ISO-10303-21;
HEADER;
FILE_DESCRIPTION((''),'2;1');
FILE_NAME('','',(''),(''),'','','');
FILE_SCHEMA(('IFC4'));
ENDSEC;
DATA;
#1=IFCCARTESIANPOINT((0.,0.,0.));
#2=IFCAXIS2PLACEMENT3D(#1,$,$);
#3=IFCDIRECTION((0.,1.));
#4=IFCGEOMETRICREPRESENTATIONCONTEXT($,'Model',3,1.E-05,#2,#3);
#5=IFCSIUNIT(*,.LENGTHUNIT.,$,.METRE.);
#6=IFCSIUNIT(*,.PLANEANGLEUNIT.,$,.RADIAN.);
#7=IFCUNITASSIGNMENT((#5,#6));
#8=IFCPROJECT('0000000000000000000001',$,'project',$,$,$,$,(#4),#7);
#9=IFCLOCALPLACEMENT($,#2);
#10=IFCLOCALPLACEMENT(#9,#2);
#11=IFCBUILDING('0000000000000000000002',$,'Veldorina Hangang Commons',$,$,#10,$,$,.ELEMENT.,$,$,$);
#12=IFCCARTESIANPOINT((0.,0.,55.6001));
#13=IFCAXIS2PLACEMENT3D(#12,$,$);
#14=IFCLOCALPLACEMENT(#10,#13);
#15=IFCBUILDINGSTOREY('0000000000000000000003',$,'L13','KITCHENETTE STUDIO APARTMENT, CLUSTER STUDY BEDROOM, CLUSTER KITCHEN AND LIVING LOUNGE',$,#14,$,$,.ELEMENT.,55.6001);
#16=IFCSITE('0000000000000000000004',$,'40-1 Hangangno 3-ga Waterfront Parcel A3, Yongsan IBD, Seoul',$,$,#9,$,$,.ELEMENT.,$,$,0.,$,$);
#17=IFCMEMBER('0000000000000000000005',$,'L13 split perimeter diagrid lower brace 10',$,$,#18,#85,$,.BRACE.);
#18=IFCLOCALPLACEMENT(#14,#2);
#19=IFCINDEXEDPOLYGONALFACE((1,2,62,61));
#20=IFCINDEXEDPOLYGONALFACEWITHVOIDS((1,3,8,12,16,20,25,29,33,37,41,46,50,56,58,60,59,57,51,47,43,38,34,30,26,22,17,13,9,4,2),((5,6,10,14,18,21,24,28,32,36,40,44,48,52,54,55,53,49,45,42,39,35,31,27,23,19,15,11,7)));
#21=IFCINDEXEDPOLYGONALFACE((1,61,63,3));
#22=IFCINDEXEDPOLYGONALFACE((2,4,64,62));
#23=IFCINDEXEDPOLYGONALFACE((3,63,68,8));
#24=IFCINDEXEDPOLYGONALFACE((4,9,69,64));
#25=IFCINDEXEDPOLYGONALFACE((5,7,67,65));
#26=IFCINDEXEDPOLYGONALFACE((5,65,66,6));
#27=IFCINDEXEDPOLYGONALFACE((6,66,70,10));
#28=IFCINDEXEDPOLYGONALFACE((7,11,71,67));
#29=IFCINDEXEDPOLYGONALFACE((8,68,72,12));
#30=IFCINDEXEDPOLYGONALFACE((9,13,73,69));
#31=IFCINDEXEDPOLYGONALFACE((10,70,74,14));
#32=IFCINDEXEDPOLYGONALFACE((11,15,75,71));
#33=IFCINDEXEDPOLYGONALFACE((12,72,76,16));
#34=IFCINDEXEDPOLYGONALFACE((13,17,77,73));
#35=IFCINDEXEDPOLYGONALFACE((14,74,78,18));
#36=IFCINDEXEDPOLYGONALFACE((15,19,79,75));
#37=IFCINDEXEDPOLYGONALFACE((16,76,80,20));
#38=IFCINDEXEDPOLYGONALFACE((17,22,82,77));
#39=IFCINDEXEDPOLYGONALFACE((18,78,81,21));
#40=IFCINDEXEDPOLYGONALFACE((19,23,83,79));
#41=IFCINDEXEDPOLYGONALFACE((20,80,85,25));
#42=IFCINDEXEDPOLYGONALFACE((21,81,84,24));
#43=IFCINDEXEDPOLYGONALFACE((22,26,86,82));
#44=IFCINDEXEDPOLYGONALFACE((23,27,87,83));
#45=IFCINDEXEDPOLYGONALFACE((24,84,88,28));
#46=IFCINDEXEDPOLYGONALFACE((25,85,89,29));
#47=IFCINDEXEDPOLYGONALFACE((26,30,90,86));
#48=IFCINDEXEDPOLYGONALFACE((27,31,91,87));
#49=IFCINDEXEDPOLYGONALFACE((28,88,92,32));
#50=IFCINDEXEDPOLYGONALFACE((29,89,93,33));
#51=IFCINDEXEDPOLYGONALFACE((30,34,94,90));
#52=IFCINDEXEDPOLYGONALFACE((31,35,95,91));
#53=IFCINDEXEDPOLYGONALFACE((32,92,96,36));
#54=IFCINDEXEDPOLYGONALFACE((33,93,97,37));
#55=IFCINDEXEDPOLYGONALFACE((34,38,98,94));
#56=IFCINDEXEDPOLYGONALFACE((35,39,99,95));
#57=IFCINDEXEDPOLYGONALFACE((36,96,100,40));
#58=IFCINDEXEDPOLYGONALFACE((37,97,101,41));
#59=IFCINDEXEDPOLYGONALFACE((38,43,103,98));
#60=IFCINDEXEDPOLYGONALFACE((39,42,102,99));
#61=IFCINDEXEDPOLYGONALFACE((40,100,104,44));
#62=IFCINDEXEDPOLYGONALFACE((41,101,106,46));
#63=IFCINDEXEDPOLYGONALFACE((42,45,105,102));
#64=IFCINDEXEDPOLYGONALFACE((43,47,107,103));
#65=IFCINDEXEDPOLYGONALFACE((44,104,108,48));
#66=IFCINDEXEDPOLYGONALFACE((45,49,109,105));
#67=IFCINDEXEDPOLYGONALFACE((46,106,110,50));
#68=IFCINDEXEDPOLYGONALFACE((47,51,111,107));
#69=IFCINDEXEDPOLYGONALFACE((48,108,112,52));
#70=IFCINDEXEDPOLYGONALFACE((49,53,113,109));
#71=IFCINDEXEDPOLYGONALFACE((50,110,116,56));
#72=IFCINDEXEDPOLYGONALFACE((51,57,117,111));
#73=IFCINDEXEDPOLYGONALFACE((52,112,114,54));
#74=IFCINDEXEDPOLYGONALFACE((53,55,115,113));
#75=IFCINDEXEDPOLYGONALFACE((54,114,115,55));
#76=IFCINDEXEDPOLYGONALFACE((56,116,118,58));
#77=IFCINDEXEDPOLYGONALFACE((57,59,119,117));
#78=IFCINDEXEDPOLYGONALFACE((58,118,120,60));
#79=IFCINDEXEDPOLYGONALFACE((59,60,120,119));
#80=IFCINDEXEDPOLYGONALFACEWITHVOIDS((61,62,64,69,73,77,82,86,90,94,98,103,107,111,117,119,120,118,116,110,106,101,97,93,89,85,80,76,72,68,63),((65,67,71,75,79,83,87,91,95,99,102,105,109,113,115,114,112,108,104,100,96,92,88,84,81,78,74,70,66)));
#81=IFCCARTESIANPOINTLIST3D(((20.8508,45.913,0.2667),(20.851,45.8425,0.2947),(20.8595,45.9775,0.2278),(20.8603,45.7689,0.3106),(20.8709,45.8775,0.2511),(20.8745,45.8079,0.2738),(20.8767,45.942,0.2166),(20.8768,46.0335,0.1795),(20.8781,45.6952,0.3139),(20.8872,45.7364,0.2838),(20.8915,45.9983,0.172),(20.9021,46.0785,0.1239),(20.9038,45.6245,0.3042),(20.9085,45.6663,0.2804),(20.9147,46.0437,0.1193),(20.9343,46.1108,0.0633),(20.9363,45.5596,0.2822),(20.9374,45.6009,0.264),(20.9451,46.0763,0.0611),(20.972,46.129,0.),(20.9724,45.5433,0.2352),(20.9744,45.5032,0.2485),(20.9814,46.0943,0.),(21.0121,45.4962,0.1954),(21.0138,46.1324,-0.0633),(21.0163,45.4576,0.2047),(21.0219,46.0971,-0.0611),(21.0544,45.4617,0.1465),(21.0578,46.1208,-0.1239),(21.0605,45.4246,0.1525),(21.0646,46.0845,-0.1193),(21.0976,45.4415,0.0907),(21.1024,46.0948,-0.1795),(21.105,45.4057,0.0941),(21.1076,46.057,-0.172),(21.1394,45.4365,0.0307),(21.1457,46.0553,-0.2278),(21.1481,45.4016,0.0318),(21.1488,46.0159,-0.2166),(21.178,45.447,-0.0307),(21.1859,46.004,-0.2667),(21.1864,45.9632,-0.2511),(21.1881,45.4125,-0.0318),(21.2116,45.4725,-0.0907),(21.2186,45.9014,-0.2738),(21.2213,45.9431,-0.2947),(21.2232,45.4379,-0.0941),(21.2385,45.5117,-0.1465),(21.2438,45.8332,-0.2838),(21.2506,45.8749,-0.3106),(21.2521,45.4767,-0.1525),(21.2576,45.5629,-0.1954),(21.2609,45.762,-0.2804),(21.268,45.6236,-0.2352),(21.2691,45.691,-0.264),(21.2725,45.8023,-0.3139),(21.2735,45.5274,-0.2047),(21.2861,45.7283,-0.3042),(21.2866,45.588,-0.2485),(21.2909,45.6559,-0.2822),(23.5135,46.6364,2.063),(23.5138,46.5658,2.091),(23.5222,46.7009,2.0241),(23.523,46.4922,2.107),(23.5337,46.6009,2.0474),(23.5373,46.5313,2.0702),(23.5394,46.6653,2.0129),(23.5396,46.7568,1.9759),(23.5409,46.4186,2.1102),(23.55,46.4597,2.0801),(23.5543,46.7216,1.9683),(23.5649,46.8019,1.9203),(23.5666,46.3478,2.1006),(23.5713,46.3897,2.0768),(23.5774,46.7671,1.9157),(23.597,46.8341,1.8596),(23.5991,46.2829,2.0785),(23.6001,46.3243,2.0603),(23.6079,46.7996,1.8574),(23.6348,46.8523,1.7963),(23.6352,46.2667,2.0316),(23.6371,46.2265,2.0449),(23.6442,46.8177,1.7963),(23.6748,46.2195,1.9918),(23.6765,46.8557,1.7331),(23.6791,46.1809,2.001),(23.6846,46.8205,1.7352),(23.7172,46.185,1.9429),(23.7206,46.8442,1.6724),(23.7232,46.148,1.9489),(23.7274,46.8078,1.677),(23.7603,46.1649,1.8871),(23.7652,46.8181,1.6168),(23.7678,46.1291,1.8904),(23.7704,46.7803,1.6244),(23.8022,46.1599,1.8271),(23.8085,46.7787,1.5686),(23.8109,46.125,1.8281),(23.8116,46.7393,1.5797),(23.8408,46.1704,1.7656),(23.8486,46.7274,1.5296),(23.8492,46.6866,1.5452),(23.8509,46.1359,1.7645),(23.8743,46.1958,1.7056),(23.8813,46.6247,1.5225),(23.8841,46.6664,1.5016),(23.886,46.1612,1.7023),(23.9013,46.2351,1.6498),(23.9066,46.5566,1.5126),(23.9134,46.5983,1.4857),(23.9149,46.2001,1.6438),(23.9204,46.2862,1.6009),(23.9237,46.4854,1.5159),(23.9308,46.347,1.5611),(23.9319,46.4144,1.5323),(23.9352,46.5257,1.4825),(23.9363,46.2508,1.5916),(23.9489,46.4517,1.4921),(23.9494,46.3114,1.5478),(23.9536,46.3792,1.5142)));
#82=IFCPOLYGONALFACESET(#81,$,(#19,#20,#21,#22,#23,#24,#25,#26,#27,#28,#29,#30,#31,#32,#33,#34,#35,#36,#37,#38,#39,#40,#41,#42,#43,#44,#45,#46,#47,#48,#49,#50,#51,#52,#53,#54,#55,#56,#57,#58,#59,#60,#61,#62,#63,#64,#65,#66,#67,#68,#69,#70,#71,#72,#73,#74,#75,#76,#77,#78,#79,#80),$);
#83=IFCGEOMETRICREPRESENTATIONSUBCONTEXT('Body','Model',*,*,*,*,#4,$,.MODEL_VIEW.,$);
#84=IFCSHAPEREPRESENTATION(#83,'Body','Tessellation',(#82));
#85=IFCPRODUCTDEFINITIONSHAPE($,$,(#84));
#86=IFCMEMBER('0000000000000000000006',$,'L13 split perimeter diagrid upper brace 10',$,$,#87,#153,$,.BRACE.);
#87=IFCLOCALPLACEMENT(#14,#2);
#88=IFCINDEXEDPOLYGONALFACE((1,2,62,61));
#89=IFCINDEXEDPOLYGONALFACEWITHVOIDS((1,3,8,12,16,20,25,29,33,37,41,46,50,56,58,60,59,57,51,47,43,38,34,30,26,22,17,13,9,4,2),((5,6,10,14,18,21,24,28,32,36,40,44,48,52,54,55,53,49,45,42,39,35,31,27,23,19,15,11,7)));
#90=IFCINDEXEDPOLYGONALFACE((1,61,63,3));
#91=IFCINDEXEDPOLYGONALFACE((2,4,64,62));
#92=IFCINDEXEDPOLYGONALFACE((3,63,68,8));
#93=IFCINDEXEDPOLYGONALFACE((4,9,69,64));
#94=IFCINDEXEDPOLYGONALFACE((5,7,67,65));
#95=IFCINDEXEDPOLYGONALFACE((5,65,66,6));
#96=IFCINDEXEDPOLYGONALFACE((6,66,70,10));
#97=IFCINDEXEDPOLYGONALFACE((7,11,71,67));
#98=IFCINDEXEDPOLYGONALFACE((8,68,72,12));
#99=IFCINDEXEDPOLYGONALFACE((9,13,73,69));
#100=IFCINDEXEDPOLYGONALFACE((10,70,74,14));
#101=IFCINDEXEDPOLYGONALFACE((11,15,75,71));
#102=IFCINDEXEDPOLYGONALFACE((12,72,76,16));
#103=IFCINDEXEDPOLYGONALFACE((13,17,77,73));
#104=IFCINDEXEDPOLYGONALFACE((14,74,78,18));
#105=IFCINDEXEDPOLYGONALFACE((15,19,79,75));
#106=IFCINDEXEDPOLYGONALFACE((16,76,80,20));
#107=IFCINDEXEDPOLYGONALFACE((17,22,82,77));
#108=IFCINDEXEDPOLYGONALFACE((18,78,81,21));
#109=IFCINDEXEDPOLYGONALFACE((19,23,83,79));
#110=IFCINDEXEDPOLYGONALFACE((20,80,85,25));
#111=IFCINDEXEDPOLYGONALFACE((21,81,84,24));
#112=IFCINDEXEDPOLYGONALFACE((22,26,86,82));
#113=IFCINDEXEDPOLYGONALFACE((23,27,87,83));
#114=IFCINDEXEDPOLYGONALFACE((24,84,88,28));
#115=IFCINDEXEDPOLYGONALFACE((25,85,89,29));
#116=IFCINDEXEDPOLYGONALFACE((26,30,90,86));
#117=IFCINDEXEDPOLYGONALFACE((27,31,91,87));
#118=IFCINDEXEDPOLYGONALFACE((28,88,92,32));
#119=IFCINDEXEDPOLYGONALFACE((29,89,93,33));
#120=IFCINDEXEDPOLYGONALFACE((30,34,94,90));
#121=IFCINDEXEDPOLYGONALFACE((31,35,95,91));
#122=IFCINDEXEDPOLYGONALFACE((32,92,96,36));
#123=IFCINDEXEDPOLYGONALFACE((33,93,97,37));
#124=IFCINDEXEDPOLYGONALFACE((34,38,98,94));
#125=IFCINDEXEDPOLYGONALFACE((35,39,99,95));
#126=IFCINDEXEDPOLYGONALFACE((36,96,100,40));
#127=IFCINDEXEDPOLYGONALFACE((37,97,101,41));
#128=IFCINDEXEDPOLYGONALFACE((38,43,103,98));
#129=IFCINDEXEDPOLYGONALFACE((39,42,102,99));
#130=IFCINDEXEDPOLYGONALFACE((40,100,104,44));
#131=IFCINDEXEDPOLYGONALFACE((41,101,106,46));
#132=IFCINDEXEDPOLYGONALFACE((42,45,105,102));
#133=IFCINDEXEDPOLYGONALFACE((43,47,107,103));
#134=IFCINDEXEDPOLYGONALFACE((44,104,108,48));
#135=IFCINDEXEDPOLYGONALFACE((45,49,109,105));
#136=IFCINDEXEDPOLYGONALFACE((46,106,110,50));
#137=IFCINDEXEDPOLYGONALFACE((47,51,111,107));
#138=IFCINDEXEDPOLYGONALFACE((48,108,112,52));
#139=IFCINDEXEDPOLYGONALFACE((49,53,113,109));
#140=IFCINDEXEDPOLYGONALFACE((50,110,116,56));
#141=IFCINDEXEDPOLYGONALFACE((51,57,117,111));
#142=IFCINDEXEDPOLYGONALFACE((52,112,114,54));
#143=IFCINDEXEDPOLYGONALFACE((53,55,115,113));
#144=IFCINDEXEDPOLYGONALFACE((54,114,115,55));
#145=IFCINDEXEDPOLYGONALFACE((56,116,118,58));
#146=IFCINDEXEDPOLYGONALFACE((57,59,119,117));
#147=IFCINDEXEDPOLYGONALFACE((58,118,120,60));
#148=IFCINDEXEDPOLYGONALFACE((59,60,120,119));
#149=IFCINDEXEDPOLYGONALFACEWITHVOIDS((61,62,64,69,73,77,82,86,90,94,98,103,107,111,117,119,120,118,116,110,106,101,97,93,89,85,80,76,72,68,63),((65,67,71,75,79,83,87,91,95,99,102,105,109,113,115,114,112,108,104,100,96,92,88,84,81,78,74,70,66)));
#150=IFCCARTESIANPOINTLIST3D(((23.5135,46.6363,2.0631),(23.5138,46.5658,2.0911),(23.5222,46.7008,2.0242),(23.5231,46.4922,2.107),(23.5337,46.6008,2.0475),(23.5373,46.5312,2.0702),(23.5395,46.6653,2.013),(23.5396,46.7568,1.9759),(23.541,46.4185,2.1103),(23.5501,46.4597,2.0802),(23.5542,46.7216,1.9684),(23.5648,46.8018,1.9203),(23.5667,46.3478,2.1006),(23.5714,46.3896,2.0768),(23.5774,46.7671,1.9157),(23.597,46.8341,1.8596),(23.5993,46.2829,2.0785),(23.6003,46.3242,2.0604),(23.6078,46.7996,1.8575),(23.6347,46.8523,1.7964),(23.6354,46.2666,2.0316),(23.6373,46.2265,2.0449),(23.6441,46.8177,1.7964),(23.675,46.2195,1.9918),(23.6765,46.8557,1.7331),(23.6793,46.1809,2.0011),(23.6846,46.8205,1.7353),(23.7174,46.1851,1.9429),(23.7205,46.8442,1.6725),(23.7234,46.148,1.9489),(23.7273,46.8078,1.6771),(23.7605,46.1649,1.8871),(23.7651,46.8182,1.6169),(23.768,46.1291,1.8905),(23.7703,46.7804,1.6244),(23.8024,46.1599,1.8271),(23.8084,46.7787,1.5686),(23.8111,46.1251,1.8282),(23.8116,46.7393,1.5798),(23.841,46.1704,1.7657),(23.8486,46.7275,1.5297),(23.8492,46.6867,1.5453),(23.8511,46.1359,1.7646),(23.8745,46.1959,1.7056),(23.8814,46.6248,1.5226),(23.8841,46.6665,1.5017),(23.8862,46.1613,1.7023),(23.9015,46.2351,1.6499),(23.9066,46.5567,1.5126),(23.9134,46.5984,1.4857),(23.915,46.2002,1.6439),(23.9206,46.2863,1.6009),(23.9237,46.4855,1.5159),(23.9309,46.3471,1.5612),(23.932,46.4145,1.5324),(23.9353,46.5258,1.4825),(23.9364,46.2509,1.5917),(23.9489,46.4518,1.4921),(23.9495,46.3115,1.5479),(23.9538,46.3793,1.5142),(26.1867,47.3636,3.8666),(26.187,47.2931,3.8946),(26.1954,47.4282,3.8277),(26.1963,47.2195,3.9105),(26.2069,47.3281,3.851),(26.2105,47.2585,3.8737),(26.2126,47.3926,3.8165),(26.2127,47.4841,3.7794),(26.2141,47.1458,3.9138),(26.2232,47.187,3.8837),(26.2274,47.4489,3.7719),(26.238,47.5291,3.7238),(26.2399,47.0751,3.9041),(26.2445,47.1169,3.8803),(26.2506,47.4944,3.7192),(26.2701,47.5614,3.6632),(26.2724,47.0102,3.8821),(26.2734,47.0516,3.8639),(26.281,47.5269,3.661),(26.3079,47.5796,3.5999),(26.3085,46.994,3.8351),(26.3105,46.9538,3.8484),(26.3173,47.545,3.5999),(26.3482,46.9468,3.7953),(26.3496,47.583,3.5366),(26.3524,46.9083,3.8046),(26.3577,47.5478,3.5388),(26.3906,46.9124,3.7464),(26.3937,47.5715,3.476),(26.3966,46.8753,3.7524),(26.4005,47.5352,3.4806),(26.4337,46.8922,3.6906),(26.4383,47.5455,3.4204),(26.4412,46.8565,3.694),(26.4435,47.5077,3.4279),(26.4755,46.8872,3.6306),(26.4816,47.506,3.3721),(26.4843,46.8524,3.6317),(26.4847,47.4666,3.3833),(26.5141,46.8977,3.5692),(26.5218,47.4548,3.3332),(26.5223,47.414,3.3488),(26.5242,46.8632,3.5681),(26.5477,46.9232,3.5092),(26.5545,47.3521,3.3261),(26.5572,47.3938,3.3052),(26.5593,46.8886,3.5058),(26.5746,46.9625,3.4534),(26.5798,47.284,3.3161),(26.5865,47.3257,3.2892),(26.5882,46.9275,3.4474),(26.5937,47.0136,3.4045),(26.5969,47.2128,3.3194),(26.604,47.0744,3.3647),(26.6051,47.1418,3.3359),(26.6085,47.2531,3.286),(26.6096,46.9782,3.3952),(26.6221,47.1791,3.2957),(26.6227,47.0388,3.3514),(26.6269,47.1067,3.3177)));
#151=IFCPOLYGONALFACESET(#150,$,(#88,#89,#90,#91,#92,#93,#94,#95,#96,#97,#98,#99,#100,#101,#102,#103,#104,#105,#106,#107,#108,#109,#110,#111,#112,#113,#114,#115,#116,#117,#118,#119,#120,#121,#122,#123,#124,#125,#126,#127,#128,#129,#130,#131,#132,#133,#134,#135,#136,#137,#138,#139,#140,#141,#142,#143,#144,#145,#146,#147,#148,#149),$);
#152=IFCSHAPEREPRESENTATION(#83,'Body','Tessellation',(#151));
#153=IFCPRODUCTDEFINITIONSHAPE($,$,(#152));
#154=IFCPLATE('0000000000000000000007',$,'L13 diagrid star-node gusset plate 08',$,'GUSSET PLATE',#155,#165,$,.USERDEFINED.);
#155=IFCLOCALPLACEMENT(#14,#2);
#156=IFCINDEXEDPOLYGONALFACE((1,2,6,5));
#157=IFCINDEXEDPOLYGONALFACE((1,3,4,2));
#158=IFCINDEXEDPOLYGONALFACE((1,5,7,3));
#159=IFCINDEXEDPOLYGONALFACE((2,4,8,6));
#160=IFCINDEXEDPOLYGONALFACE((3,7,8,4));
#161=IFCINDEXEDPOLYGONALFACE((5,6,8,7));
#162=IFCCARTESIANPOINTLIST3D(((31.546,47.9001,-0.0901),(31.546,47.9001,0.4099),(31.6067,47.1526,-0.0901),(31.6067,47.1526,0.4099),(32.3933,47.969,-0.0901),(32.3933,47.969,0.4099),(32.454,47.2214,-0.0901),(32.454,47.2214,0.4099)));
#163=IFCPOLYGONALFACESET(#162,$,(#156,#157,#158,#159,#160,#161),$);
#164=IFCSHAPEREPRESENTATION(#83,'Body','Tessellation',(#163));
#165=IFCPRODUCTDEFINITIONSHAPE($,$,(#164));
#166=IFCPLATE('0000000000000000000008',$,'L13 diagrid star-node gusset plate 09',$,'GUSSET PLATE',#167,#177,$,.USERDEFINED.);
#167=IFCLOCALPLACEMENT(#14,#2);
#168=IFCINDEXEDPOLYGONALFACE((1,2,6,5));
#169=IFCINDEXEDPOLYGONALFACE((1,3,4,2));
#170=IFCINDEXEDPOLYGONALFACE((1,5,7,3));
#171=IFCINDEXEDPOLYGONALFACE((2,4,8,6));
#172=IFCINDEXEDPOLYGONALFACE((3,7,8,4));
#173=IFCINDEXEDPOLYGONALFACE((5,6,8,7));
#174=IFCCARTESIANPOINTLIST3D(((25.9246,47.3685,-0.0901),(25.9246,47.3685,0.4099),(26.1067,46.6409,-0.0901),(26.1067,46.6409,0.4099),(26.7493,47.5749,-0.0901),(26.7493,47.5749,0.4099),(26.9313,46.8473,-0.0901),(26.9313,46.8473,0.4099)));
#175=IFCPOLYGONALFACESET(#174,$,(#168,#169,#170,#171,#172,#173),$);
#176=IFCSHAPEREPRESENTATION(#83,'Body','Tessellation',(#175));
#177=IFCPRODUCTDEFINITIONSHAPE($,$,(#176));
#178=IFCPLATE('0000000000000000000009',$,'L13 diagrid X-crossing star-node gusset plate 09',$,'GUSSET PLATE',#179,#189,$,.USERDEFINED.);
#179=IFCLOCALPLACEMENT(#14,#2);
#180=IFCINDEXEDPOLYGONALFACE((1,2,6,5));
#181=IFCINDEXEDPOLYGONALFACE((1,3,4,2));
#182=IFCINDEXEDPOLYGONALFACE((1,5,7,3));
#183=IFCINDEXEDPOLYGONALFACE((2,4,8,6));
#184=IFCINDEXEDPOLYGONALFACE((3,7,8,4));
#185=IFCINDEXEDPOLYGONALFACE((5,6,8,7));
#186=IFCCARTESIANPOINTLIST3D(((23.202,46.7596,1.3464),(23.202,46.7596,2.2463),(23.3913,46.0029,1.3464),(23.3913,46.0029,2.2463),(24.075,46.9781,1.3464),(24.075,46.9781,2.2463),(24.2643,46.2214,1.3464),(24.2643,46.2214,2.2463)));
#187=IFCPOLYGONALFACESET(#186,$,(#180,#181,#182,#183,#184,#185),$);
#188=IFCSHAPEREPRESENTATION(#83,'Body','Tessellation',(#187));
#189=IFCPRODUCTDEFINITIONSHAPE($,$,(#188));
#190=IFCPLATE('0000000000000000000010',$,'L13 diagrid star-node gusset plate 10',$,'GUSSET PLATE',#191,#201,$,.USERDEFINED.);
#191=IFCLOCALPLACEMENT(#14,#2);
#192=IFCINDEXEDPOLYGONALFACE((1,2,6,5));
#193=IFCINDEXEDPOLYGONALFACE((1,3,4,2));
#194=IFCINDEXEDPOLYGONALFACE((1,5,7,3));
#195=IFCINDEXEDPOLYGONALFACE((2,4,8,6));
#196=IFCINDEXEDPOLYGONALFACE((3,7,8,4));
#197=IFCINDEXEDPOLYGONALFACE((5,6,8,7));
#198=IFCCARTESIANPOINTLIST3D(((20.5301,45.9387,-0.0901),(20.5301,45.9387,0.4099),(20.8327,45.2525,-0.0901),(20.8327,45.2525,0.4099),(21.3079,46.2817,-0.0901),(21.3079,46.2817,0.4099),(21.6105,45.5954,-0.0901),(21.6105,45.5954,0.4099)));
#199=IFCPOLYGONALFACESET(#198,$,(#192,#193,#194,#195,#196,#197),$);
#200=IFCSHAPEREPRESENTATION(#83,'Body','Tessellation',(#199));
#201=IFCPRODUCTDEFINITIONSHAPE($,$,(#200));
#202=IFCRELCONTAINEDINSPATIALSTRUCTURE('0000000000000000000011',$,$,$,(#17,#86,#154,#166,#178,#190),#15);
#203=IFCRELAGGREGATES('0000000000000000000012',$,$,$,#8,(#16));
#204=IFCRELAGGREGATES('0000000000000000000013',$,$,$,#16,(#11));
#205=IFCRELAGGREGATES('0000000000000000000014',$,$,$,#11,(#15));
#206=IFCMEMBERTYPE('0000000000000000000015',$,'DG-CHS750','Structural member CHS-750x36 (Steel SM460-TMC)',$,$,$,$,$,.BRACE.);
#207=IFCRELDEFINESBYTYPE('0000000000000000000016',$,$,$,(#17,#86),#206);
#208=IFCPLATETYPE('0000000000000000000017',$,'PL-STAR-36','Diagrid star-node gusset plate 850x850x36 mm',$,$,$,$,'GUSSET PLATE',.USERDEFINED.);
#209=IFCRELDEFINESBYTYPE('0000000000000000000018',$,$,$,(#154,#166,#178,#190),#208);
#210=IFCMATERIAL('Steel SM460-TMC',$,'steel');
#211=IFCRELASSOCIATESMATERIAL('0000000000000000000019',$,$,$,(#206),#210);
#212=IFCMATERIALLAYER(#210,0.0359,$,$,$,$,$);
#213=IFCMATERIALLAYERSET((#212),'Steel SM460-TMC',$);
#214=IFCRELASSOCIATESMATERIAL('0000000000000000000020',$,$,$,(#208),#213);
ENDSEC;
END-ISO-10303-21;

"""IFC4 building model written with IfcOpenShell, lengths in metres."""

from ifc_helpers import new_model, si_unit, direction, frame, origin, origin_2d, place, context, subcontext, project, spatial, rectangle, hollow_circle, extrude, material, layer, layer_set, material_profile, profile_set, type_object, element, save


model = new_model("IFC4")

# Units and contexts
model_context = context("Model", 3, precision=1e-05, world=origin(), true_north=direction((0.0, 1.0)))
body_context = subcontext(model_context, "Body", "Model", "MODEL_VIEW")
ifc_project = project(units=[si_unit("LENGTHUNIT", "METRE"), si_unit("PLANEANGLEUNIT", "RADIAN")], contexts=[model_context])

# Site, building, storey
site_placement = place(None, origin())
site = spatial("IfcSite", under=ifc_project, at=site_placement, Name="40-1 Hangangno 3-ga Waterfront Parcel A3, Yongsan IBD, Seoul", CompositionType="ELEMENT", RefElevation=0.0)
building_placement = place(site_placement, origin())
building = spatial("IfcBuilding", under=site, at=building_placement, Name="Veldorina Hangang Commons", CompositionType="ELEMENT")
storey_placement = place(building_placement, frame((0.0, 0.0, 55.6001)))
storey = spatial("IfcBuildingStorey", under=building, at=storey_placement, Name="L13", Description="KITCHENETTE STUDIO APARTMENT, CLUSTER STUDY BEDROOM, CLUSTER KITCHEN AND LIVING LOUNGE", CompositionType="ELEMENT", Elevation=55.6001)

# Shared definitions
ifc_material_1 = material(Name="Steel SM460-TMC", Category="steel")

# Members
ifc_material_profile_1 = material_profile(ifc_material_1, hollow_circle(Radius=0.375, WallThickness=0.0359, at=origin_2d()), Name="CHS-750x36")
ifc_profile_set_1 = profile_set([ifc_material_profile_1], Name="Steel SM460-TMC")
member_type = type_object("IfcMemberType", Name="DG-CHS750", Description="Structural member CHS-750x36 (Steel SM460-TMC)", PredefinedType="BRACE", material=ifc_profile_set_1)
member_1_placement = place(storey_placement, frame((21.0703, 45.7671, 0.0), z_axis=(0.808742, 0.219703, 0.545588), x_axis=(-0.262159, 0.965025, 0.0)))
element("IfcMember", 1, at=member_1_placement, inside=storey, type_object=member_type, Name="L13 split perimeter diagrid lower brace 10", PredefinedType="BRACE", context=body_context, shape_type="SweptSolid", body=[
    extrude(hollow_circle(Radius=0.375, WallThickness=0.0359, at=origin_2d()), origin(), (0.0, 0.0, 1.0), 3.2925),
])
member_2_placement = place(storey_placement, frame((23.7332, 46.4905, 1.7964), z_axis=(0.80866, 0.22002, 0.545582), x_axis=(-0.262536, 0.964922, 0.0)))
element("IfcMember", 2, at=member_2_placement, inside=storey, type_object=member_type, Name="L13 split perimeter diagrid upper brace 10", PredefinedType="BRACE", context=body_context, shape_type="SweptSolid", body=[
    extrude(hollow_circle(Radius=0.375, WallThickness=0.0359, at=origin_2d()), origin(), (0.0, 0.0, 1.0), 3.3057),
])

# Plates
ifc_layer_1 = layer(ifc_material_1, 0.0359)
ifc_layer_set_1 = layer_set([ifc_layer_1], Name="Steel SM460-TMC")
plate_type = type_object("IfcPlateType", Name="PL-STAR-36", Description="Diagrid star-node gusset plate 850x850x36 mm", ElementType="GUSSET PLATE", PredefinedType="USERDEFINED", material=ifc_layer_set_1)
for number, where, z_axis, x_axis, name in (
    (3, (32.0, 47.5608, -0.0901), (0.0, 0.0, 1.0), (-0.996716, -0.080982, 0.0), "L13 diagrid star-node gusset plate 08"),
    (4, (26.428, 47.1079, -0.0901), (0.0, 0.0, 1.0), (-0.970084, -0.242769, 0.0), "L13 diagrid star-node gusset plate 09"),
):
    element("IfcPlate", number, at=place(storey_placement, frame(where, z_axis=z_axis, x_axis=x_axis)), inside=storey, type_object=plate_type, Name=name, ObjectType="GUSSET PLATE", PredefinedType="USERDEFINED", context=body_context, shape_type="SweptSolid", body=[
        extrude(rectangle(XDim=0.8501, YDim=0.75, at=origin_2d()), origin(), (0.0, 0.0, 1.0), 0.5),
    ])
plate_1_placement = place(storey_placement, frame((23.7332, 46.4905, 1.3464), z_axis=(0.0, 0.0, 1.0), x_axis=(-0.970084, -0.242769, 0.0)))
element("IfcPlate", 5, at=plate_1_placement, inside=storey, type_object=plate_type, Name="L13 diagrid X-crossing star-node gusset plate 09", ObjectType="GUSSET PLATE", PredefinedType="USERDEFINED", context=body_context, shape_type="SweptSolid", body=[
    extrude(rectangle(XDim=0.8999, YDim=0.78, at=origin_2d()), origin(), (0.0, 0.0, 1.0), 0.8999),
])
plate_2_placement = place(storey_placement, frame((21.0703, 45.7671, -0.0901), z_axis=(0.0, 0.0, 1.0), x_axis=(-0.915002, -0.403449, 0.0)))
element("IfcPlate", 6, at=plate_2_placement, inside=storey, type_object=plate_type, Name="L13 diagrid star-node gusset plate 10", ObjectType="GUSSET PLATE", PredefinedType="USERDEFINED", context=body_context, shape_type="SweptSolid", body=[
    extrude(rectangle(XDim=0.8501, YDim=0.75, at=origin_2d()), origin(), (0.0, 0.0, 1.0), 0.5),
])

save(model, "model.ifc")
